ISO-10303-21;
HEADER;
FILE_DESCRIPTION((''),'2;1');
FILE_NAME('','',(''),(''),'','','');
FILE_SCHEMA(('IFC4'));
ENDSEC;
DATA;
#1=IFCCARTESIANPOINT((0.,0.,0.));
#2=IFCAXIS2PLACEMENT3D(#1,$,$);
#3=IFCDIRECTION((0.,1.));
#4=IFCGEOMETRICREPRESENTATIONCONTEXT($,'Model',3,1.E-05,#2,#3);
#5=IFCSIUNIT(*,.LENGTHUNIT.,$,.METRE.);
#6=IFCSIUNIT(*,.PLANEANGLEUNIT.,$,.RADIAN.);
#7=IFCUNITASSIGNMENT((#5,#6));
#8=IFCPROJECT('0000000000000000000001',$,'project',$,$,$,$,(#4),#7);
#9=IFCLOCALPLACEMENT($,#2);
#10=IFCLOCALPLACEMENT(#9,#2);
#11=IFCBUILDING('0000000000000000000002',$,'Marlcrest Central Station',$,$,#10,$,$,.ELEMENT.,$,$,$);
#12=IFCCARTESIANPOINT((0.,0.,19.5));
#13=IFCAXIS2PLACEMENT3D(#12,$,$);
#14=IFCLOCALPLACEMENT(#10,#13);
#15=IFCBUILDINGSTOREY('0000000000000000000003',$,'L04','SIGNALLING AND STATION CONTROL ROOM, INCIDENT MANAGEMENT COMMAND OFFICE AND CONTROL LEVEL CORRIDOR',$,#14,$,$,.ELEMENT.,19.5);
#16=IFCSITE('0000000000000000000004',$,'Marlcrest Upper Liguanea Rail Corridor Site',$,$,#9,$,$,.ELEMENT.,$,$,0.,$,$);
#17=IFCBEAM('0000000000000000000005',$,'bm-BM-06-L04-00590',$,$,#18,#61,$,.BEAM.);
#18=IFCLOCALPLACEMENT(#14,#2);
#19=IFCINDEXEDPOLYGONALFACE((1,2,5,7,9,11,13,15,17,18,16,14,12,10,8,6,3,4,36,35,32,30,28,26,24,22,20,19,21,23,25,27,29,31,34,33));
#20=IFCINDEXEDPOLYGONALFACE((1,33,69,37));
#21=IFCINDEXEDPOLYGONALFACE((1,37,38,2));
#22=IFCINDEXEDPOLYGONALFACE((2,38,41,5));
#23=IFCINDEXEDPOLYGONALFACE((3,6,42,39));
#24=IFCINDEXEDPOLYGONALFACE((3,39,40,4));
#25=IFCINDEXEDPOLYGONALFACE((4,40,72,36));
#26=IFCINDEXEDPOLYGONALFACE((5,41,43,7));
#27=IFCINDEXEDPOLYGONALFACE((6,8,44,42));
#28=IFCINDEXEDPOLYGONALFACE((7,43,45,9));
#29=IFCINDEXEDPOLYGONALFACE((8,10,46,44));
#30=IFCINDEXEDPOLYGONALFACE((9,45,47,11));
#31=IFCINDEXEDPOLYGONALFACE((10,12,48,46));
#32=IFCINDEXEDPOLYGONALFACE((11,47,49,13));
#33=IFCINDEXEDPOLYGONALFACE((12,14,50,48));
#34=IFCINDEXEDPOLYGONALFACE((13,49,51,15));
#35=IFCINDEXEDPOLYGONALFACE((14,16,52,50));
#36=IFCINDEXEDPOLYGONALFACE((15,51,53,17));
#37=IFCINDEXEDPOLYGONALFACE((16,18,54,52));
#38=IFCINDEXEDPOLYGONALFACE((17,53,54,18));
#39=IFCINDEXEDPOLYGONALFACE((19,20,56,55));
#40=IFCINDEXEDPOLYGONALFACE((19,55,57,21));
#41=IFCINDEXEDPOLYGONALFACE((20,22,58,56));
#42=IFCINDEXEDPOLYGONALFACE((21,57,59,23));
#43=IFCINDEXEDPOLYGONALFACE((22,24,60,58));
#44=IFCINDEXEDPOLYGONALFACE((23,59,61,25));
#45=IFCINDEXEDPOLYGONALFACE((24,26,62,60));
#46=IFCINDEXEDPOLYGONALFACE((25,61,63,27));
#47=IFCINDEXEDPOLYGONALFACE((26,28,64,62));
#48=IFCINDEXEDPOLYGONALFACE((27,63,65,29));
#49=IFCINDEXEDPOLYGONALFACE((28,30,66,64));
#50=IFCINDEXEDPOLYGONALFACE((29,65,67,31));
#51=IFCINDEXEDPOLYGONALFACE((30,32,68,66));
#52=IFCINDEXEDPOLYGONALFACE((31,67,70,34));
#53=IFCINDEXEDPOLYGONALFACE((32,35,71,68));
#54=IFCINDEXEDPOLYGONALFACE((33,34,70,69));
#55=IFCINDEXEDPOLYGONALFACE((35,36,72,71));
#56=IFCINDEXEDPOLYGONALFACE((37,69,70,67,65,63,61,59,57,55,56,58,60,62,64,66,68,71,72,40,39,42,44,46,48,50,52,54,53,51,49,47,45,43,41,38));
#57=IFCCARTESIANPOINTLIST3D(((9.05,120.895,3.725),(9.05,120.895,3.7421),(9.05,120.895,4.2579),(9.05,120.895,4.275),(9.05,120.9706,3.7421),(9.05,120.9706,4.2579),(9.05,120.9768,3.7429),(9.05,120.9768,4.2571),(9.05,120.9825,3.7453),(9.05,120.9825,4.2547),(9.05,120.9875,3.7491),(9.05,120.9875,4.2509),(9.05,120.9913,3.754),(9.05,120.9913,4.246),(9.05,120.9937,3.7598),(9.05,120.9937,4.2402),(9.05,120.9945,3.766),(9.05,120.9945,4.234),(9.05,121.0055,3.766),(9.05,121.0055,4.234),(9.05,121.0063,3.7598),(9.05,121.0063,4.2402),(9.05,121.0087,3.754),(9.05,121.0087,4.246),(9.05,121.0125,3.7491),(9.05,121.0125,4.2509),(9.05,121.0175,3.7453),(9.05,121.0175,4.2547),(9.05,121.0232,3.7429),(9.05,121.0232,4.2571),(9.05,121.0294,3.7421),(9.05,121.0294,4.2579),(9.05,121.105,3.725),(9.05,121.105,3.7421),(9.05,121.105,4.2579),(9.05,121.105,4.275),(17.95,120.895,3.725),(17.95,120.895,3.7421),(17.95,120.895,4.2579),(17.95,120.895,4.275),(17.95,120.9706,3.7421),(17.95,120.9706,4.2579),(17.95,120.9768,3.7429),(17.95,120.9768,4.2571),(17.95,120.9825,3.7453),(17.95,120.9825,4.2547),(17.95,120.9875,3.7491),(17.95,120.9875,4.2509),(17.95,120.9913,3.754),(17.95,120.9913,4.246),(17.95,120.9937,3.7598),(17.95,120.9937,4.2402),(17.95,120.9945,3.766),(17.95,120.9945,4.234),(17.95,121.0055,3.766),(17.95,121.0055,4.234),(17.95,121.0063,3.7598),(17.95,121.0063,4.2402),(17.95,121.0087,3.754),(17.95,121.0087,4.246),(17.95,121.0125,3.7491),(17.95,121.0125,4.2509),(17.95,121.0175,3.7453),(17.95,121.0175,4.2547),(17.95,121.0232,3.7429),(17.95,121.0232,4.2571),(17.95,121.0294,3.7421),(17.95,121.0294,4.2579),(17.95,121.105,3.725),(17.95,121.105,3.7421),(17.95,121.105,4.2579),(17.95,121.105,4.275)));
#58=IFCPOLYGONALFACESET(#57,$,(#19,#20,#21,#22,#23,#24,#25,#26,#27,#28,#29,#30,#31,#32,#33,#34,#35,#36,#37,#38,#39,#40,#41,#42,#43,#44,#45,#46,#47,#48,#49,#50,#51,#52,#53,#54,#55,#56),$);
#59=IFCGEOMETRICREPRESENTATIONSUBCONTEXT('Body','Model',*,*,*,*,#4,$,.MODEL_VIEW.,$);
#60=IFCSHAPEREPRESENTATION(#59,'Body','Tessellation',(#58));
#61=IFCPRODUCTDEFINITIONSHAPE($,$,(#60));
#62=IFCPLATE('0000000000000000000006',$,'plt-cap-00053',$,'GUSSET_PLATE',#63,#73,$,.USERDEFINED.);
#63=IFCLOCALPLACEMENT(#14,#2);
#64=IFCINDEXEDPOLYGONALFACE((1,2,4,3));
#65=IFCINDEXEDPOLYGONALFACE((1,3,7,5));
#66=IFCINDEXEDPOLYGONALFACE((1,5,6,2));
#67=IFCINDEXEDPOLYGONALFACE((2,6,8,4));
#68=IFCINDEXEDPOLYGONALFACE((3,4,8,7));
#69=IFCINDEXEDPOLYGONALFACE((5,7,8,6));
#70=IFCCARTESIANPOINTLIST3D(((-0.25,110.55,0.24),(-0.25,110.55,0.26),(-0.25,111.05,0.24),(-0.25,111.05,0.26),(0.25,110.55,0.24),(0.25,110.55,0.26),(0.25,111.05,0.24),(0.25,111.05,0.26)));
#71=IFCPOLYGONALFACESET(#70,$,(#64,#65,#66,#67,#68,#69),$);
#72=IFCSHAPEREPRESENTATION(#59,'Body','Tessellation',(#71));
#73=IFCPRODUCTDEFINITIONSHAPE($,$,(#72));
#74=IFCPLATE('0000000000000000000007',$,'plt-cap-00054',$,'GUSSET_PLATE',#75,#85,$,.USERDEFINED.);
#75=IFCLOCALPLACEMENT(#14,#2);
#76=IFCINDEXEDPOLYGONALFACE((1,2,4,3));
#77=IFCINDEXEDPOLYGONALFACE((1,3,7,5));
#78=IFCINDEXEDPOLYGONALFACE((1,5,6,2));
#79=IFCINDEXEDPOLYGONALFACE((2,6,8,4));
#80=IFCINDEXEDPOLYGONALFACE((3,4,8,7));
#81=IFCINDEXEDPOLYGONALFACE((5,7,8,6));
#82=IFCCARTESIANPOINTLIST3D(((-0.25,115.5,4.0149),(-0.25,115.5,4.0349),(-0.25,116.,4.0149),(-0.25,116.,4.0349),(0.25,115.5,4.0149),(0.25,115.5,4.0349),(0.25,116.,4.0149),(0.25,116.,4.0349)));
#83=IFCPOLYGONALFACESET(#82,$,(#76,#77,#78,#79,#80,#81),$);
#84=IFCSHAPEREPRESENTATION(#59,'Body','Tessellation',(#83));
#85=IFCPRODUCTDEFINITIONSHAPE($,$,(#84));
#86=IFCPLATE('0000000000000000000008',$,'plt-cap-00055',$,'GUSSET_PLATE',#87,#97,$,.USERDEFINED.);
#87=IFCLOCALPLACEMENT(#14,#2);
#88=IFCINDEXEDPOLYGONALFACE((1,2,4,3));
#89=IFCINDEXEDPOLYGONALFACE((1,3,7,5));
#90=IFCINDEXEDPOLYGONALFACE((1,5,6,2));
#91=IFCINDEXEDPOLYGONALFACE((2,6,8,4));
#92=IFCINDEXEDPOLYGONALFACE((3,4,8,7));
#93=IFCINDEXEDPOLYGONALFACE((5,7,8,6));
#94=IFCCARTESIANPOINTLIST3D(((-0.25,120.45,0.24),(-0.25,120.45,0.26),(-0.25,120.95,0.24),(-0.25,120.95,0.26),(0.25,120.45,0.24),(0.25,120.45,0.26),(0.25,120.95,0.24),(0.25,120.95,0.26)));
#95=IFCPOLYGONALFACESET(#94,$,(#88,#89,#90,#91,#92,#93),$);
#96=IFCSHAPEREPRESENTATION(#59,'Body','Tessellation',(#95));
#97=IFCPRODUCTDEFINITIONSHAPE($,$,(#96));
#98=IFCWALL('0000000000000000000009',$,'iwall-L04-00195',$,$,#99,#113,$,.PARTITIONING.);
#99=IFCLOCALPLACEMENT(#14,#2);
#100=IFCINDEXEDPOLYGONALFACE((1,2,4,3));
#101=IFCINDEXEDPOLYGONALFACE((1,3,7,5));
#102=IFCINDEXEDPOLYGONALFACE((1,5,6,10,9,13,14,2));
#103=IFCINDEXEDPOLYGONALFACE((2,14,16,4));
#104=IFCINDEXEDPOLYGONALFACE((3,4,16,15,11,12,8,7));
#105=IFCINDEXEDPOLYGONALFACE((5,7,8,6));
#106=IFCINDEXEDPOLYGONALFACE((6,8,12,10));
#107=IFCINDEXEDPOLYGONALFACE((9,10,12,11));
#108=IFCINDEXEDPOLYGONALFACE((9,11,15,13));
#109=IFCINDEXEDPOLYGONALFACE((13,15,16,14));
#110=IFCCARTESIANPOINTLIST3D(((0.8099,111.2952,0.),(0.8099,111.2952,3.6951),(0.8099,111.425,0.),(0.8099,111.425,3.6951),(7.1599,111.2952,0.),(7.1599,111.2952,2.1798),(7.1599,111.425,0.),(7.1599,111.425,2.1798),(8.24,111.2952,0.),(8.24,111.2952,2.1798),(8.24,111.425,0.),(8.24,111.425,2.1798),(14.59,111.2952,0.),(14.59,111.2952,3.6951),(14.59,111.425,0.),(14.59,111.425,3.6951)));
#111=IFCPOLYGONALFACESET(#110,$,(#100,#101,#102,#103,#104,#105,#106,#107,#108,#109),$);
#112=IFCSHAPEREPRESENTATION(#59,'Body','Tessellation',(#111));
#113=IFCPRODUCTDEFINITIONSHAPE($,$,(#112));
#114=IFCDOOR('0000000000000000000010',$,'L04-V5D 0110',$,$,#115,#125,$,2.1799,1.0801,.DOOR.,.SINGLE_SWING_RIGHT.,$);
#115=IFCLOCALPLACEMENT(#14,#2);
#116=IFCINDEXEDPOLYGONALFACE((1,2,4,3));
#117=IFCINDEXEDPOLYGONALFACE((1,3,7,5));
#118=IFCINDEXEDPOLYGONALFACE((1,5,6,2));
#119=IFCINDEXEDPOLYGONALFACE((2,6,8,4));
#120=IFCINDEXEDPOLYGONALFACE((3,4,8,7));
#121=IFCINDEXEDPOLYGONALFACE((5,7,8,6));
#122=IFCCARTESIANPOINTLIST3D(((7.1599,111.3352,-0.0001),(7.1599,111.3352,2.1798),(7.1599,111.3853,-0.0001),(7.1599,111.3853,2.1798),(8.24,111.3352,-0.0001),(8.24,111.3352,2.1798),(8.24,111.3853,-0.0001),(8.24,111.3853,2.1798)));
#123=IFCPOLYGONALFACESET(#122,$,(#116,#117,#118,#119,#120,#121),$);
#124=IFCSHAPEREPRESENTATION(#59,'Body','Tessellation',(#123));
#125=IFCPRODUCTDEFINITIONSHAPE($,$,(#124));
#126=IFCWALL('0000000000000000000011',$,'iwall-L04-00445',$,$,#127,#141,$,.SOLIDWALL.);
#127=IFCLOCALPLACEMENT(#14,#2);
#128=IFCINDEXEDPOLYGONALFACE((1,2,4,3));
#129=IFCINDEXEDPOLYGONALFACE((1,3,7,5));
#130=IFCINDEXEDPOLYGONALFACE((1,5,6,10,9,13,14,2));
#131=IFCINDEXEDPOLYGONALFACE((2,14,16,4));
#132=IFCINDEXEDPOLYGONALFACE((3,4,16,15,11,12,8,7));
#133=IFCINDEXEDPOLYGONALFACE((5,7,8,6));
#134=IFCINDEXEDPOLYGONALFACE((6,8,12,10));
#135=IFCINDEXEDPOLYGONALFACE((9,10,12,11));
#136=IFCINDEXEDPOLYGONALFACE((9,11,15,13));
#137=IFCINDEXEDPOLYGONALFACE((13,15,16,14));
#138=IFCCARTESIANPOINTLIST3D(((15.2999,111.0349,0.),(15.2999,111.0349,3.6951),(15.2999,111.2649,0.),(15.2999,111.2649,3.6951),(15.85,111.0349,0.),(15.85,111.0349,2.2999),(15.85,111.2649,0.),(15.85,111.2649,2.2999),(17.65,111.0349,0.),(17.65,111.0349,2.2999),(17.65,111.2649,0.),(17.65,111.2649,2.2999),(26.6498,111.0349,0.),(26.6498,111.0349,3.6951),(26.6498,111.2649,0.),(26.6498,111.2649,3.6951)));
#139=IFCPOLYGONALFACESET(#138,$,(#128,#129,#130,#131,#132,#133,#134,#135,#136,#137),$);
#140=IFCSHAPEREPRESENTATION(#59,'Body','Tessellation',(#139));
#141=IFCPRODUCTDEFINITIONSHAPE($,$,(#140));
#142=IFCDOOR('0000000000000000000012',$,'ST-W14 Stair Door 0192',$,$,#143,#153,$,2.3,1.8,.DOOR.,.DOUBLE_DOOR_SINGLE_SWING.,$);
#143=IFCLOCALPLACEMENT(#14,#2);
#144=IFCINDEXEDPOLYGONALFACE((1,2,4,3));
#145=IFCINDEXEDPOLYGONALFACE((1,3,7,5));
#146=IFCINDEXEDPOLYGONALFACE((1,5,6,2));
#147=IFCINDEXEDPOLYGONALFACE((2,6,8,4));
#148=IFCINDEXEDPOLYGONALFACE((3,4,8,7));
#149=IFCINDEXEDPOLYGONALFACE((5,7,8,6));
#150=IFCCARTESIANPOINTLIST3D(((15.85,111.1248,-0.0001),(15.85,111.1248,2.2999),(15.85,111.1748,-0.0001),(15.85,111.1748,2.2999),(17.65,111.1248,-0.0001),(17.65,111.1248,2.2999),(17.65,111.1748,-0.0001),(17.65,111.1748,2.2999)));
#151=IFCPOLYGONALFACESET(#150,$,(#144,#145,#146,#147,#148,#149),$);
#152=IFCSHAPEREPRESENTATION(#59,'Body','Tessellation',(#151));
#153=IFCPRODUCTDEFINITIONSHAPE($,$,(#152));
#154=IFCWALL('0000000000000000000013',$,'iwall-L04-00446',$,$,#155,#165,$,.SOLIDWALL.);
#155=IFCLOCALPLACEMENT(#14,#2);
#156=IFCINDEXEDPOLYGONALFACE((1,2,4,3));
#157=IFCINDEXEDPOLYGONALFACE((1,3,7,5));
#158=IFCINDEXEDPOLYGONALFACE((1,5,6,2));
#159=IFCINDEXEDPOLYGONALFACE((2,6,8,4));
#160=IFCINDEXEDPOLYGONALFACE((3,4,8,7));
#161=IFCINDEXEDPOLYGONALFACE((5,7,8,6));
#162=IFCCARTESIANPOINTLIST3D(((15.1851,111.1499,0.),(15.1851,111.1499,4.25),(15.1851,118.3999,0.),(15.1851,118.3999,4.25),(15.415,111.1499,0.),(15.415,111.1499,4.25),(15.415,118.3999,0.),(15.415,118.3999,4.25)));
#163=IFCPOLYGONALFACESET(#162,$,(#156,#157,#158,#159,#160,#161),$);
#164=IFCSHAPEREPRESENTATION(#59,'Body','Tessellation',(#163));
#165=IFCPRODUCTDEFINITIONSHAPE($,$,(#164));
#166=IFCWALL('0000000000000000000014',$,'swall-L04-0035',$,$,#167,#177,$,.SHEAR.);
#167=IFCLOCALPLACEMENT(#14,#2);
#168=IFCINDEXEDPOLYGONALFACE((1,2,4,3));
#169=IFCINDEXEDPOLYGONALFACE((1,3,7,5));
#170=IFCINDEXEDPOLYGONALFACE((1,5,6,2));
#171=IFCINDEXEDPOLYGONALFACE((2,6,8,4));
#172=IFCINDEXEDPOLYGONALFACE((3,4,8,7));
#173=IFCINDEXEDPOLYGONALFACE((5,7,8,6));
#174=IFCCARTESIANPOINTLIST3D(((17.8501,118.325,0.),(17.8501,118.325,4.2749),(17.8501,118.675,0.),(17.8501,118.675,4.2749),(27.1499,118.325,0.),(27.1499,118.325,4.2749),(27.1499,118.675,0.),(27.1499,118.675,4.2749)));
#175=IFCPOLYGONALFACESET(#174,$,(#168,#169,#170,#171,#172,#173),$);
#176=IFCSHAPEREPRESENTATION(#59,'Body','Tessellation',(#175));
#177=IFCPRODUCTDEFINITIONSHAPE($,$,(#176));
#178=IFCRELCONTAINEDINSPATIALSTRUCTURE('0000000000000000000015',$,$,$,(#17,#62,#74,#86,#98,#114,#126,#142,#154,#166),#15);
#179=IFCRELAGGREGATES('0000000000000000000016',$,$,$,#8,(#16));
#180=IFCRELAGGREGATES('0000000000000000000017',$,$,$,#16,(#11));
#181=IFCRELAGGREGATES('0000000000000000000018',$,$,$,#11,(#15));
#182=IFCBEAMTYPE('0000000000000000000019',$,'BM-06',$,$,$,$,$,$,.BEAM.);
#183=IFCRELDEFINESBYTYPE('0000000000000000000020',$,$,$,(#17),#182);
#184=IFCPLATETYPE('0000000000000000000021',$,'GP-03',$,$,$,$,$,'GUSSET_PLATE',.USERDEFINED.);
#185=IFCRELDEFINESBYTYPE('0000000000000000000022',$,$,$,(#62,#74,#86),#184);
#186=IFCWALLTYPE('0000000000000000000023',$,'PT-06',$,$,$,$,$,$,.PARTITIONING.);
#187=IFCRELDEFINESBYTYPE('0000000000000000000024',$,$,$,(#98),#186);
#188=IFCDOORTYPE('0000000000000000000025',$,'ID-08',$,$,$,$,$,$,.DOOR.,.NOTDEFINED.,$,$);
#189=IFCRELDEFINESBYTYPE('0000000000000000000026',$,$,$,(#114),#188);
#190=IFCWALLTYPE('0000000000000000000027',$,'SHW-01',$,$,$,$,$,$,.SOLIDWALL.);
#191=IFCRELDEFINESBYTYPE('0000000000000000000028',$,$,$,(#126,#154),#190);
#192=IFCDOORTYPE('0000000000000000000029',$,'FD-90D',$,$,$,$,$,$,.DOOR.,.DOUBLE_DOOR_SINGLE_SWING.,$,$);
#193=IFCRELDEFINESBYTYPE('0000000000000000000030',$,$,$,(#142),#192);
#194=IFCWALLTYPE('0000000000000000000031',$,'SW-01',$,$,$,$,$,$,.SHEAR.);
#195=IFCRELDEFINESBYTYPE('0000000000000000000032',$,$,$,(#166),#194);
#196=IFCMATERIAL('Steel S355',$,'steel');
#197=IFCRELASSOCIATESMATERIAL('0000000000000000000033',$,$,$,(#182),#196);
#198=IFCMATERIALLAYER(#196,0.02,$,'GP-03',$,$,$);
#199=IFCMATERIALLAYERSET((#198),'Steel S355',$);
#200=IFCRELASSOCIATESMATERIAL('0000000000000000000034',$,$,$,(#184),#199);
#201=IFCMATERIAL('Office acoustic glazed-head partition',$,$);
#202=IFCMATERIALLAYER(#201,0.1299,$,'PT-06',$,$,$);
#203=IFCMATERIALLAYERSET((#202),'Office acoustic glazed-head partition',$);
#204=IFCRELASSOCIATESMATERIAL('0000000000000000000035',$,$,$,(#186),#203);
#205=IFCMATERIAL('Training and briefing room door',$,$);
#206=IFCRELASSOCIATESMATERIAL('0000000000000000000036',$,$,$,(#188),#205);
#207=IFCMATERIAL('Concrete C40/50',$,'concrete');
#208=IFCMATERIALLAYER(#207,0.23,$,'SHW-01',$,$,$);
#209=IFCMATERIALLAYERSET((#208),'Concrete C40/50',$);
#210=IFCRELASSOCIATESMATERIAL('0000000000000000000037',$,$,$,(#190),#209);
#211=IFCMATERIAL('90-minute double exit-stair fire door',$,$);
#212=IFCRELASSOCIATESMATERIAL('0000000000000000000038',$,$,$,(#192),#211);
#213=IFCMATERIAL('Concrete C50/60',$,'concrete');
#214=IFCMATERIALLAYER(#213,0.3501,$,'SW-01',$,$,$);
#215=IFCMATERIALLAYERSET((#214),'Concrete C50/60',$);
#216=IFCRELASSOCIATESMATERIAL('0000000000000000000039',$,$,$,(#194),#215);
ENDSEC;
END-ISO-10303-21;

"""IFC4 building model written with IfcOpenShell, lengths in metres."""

from ifc_helpers import new_model, si_unit, direction, frame, frame_2d, origin, origin_2d, place, context, subcontext, project, spatial, rectangle, i_section, extrude, material, layer, layer_set, material_profile, profile_set, type_object, element, fill, save


model = new_model("IFC4")

# Units and contexts
model_context = context("Model", 3, precision=1e-05, world=origin(), true_north=direction((0.0, 1.0)))
body_context = subcontext(model_context, "Body", "Model", "MODEL_VIEW")
ifc_project = project(units=[si_unit("LENGTHUNIT", "METRE"), si_unit("PLANEANGLEUNIT", "RADIAN")], contexts=[model_context])

# Site, building, storey
site_placement = place(None, origin())
site = spatial("IfcSite", under=ifc_project, at=site_placement, Name="Marlcrest Upper Liguanea Rail Corridor Site", CompositionType="ELEMENT", RefElevation=0.0)
building_placement = place(site_placement, origin())
building = spatial("IfcBuilding", under=site, at=building_placement, Name="Marlcrest Central Station", CompositionType="ELEMENT")
storey_placement = place(building_placement, frame((0.0, 0.0, 19.5)))
storey = spatial("IfcBuildingStorey", under=building, at=storey_placement, Name="L04", Description="SIGNALLING AND STATION CONTROL ROOM, INCIDENT MANAGEMENT COMMAND OFFICE AND CONTROL LEVEL CORRIDOR", CompositionType="ELEMENT", Elevation=19.5)

# Shared definitions
ifc_material_1 = material(Name="Steel S355", Category="steel")

# Beam
ifc_material_profile_1 = material_profile(ifc_material_1, i_section(OverallWidth=0.21, OverallDepth=0.55, WebThickness=0.011, FlangeThickness=0.0171, FilletRadius=0.0239, at=origin_2d()), Name="IPE 550")
ifc_profile_set_1 = profile_set([ifc_material_profile_1], Name="Steel S355")
beam_type = type_object("IfcBeamType", Name="BM-06", PredefinedType="BEAM", material=ifc_profile_set_1)
for number, where, z_axis, x_axis, name in (
    (1, (9.05, 121.0, 4.0), (1.0, 0.0, 0.0), (0.0, 1.0, 0.0), "bm-BM-06-L04-00590"),
):
    element("IfcBeam", number, at=place(storey_placement, frame(where, z_axis=z_axis, x_axis=x_axis)), inside=storey, type_object=beam_type, Name=name, PredefinedType="BEAM", context=body_context, shape_type="SweptSolid", body=[
        extrude(i_section(OverallWidth=0.21, OverallDepth=0.55, WebThickness=0.011, FlangeThickness=0.0171, FilletRadius=0.0239, at=origin_2d()), origin(), (0.0, 0.0, 1.0), 8.8999),
    ])

# Plates
ifc_layer_1 = layer(ifc_material_1, 0.02, Name="GP-03")
ifc_layer_set_1 = layer_set([ifc_layer_1], Name="Steel S355")
plate_type = type_object("IfcPlateType", Name="GP-03", ElementType="GUSSET_PLATE", PredefinedType="USERDEFINED", material=ifc_layer_set_1)
for number, where, z_axis, x_axis, name in (
    (2, (0.0, 110.8, 0.24), (0.0, 0.0, 1.0), (1.0, 0.0, 0.0), "plt-cap-00053"),
    (3, (0.0, 115.75, 4.0149), (0.0, 0.0, 1.0), (1.0, 0.0, 0.0), "plt-cap-00054"),
    (4, (0.0, 120.7, 0.24), (0.0, 0.0, 1.0), (1.0, 0.0, 0.0), "plt-cap-00055"),
):
    element("IfcPlate", number, at=place(storey_placement, frame(where, z_axis=z_axis, x_axis=x_axis)), inside=storey, type_object=plate_type, Name=name, ObjectType="GUSSET_PLATE", PredefinedType="USERDEFINED", context=body_context, shape_type="SweptSolid", body=[
        extrude(rectangle(XDim=0.5, YDim=0.5, at=origin_2d()), origin(), (0.0, 0.0, 1.0), 0.02),
    ])

# Walls, openings, doors
ifc_material_2 = material(Name="Office acoustic glazed-head partition")
ifc_layer_2 = layer(ifc_material_2, 0.1299, Name="PT-06")
ifc_layer_set_2 = layer_set([ifc_layer_2], Name="Office acoustic glazed-head partition")
wall_type_1 = type_object("IfcWallType", Name="PT-06", PredefinedType="PARTITIONING", material=ifc_layer_set_2)
wall_1_placement = place(storey_placement, frame((14.5901, 111.3601, 0.0), z_axis=(0.0, 0.0, 1.0), x_axis=(-1.0, 0.0, 0.0)))
wall_1 = element("IfcWall", 5, at=wall_1_placement, inside=storey, type_object=wall_type_1, Name="iwall-L04-00195", PredefinedType="PARTITIONING", context=body_context, shape_type="SweptSolid", body=[
    extrude(rectangle(XDim=13.78, YDim=0.1299, at=frame_2d((6.8901, 0.0))), origin(), (0.0, 0.0, 1.0), 3.6951),
])
opening_1_placement = place(wall_1_placement, frame((6.3501, 0.0, 0.0)))
opening_1 = element("IfcOpeningElement", 6, at=opening_1_placement, cuts=wall_1, PredefinedType="OPENING", context=body_context, shape_type="SweptSolid", body=[
    extrude(rectangle(XDim=1.0801, YDim=2.1799, at=frame_2d((0.54, 1.0898))), frame((0.0, 0.075, 0.0), z_axis=(0.0, -1.0, 0.0), x_axis=(1.0, 0.0, 0.0)), (0.0, 0.0, 1.0), 0.1499),
])
ifc_material_3 = material(Name="Training and briefing room door")
door_type_1 = type_object("IfcDoorType", Name="ID-08", OperationType="NOTDEFINED", PredefinedType="DOOR", material=ifc_material_3)
door_1_placement = place(opening_1_placement, origin())
door_1 = element("IfcDoor", 7, at=door_1_placement, inside=storey, type_object=door_type_1, Name="L04-V5D 0110", OperationType="SINGLE_SWING_RIGHT", OverallHeight=2.1799, OverallWidth=1.0801, PredefinedType="DOOR", context=body_context, shape_type="SweptSolid", body=[
    extrude(rectangle(XDim=1.0801, YDim=2.1799, at=frame_2d((0.54, 1.0898))), frame((0.0, 0.0249, 0.0), z_axis=(0.0, -1.0, 0.0), x_axis=(1.0, 0.0, 0.0)), (0.0, 0.0, 1.0), 0.05),
])
fill(opening_1, door_1)
ifc_material_4 = material(Name="Concrete C40/50", Category="concrete")
ifc_layer_3 = layer(ifc_material_4, 0.23, Name="SHW-01")
ifc_layer_set_3 = layer_set([ifc_layer_3], Name="Concrete C40/50")
wall_type_2 = type_object("IfcWallType", Name="SHW-01", PredefinedType="SOLIDWALL", material=ifc_layer_set_3)
wall_2_placement = place(storey_placement, frame((15.3, 111.1499, 0.0), z_axis=(0.0, 0.0, 1.0), x_axis=(1.0, 0.0, 0.0)))
wall_2 = element("IfcWall", 8, at=wall_2_placement, inside=storey, type_object=wall_type_2, Name="iwall-L04-00445", PredefinedType="SOLIDWALL", context=body_context, shape_type="SweptSolid", body=[
    extrude(rectangle(XDim=11.3499, YDim=0.23, at=frame_2d((5.6748, 0.0))), origin(), (0.0, 0.0, 1.0), 3.6951),
])
opening_2_placement = place(wall_2_placement, frame((0.55, 0.0, 0.0)))
opening_2 = element("IfcOpeningElement", 9, at=opening_2_placement, cuts=wall_2, PredefinedType="OPENING", context=body_context, shape_type="SweptSolid", body=[
    extrude(rectangle(XDim=1.8, YDim=2.3, at=frame_2d((0.8999, 1.1499))), frame((0.0, 0.125, 0.0), z_axis=(0.0, -1.0, 0.0), x_axis=(1.0, 0.0, 0.0)), (0.0, 0.0, 1.0), 0.25),
])
ifc_material_5 = material(Name="90-minute double exit-stair fire door")
door_type_2 = type_object("IfcDoorType", Name="FD-90D", OperationType="DOUBLE_DOOR_SINGLE_SWING", PredefinedType="DOOR", material=ifc_material_5)
door_2_placement = place(opening_2_placement, origin())
door_2 = element("IfcDoor", 10, at=door_2_placement, inside=storey, type_object=door_type_2, Name="ST-W14 Stair Door 0192", OperationType="DOUBLE_DOOR_SINGLE_SWING", OverallHeight=2.3, OverallWidth=1.8, PredefinedType="DOOR", context=body_context, shape_type="SweptSolid", body=[
    extrude(rectangle(XDim=1.8, YDim=2.3, at=frame_2d((0.8999, 1.1499))), frame((0.0, 0.0249, 0.0), z_axis=(0.0, -1.0, 0.0), x_axis=(1.0, 0.0, 0.0)), (0.0, 0.0, 1.0), 0.05),
])
fill(opening_2, door_2)

# Walls
wall_3_placement = place(storey_placement, frame((15.3, 111.1499, 0.0), z_axis=(0.0, 0.0, 1.0), x_axis=(0.0, 1.0, 0.0)))
element("IfcWall", 11, at=wall_3_placement, inside=storey, type_object=wall_type_2, Name="iwall-L04-00446", PredefinedType="SOLIDWALL", context=body_context, shape_type="SweptSolid", body=[
    extrude(rectangle(XDim=7.25, YDim=0.23, at=frame_2d((3.625, 0.0))), origin(), (0.0, 0.0, 1.0), 4.25),
])
ifc_material_6 = material(Name="Concrete C50/60", Category="concrete")
ifc_layer_4 = layer(ifc_material_6, 0.3501, Name="SW-01")
ifc_layer_set_4 = layer_set([ifc_layer_4], Name="Concrete C50/60")
wall_type_3 = type_object("IfcWallType", Name="SW-01", PredefinedType="SHEAR", material=ifc_layer_set_4)
wall_4_placement = place(storey_placement, frame((17.8501, 118.5, 0.0), z_axis=(0.0, 0.0, 1.0), x_axis=(1.0, 0.0, 0.0)))
element("IfcWall", 12, at=wall_4_placement, inside=storey, type_object=wall_type_3, Name="swall-L04-0035", PredefinedType="SHEAR", context=body_context, shape_type="SweptSolid", body=[
    extrude(rectangle(XDim=9.2998, YDim=0.3501, at=frame_2d((4.6499, 0.0))), origin(), (0.0, 0.0, 1.0), 4.2749),
])

save(model, "model.ifc")
